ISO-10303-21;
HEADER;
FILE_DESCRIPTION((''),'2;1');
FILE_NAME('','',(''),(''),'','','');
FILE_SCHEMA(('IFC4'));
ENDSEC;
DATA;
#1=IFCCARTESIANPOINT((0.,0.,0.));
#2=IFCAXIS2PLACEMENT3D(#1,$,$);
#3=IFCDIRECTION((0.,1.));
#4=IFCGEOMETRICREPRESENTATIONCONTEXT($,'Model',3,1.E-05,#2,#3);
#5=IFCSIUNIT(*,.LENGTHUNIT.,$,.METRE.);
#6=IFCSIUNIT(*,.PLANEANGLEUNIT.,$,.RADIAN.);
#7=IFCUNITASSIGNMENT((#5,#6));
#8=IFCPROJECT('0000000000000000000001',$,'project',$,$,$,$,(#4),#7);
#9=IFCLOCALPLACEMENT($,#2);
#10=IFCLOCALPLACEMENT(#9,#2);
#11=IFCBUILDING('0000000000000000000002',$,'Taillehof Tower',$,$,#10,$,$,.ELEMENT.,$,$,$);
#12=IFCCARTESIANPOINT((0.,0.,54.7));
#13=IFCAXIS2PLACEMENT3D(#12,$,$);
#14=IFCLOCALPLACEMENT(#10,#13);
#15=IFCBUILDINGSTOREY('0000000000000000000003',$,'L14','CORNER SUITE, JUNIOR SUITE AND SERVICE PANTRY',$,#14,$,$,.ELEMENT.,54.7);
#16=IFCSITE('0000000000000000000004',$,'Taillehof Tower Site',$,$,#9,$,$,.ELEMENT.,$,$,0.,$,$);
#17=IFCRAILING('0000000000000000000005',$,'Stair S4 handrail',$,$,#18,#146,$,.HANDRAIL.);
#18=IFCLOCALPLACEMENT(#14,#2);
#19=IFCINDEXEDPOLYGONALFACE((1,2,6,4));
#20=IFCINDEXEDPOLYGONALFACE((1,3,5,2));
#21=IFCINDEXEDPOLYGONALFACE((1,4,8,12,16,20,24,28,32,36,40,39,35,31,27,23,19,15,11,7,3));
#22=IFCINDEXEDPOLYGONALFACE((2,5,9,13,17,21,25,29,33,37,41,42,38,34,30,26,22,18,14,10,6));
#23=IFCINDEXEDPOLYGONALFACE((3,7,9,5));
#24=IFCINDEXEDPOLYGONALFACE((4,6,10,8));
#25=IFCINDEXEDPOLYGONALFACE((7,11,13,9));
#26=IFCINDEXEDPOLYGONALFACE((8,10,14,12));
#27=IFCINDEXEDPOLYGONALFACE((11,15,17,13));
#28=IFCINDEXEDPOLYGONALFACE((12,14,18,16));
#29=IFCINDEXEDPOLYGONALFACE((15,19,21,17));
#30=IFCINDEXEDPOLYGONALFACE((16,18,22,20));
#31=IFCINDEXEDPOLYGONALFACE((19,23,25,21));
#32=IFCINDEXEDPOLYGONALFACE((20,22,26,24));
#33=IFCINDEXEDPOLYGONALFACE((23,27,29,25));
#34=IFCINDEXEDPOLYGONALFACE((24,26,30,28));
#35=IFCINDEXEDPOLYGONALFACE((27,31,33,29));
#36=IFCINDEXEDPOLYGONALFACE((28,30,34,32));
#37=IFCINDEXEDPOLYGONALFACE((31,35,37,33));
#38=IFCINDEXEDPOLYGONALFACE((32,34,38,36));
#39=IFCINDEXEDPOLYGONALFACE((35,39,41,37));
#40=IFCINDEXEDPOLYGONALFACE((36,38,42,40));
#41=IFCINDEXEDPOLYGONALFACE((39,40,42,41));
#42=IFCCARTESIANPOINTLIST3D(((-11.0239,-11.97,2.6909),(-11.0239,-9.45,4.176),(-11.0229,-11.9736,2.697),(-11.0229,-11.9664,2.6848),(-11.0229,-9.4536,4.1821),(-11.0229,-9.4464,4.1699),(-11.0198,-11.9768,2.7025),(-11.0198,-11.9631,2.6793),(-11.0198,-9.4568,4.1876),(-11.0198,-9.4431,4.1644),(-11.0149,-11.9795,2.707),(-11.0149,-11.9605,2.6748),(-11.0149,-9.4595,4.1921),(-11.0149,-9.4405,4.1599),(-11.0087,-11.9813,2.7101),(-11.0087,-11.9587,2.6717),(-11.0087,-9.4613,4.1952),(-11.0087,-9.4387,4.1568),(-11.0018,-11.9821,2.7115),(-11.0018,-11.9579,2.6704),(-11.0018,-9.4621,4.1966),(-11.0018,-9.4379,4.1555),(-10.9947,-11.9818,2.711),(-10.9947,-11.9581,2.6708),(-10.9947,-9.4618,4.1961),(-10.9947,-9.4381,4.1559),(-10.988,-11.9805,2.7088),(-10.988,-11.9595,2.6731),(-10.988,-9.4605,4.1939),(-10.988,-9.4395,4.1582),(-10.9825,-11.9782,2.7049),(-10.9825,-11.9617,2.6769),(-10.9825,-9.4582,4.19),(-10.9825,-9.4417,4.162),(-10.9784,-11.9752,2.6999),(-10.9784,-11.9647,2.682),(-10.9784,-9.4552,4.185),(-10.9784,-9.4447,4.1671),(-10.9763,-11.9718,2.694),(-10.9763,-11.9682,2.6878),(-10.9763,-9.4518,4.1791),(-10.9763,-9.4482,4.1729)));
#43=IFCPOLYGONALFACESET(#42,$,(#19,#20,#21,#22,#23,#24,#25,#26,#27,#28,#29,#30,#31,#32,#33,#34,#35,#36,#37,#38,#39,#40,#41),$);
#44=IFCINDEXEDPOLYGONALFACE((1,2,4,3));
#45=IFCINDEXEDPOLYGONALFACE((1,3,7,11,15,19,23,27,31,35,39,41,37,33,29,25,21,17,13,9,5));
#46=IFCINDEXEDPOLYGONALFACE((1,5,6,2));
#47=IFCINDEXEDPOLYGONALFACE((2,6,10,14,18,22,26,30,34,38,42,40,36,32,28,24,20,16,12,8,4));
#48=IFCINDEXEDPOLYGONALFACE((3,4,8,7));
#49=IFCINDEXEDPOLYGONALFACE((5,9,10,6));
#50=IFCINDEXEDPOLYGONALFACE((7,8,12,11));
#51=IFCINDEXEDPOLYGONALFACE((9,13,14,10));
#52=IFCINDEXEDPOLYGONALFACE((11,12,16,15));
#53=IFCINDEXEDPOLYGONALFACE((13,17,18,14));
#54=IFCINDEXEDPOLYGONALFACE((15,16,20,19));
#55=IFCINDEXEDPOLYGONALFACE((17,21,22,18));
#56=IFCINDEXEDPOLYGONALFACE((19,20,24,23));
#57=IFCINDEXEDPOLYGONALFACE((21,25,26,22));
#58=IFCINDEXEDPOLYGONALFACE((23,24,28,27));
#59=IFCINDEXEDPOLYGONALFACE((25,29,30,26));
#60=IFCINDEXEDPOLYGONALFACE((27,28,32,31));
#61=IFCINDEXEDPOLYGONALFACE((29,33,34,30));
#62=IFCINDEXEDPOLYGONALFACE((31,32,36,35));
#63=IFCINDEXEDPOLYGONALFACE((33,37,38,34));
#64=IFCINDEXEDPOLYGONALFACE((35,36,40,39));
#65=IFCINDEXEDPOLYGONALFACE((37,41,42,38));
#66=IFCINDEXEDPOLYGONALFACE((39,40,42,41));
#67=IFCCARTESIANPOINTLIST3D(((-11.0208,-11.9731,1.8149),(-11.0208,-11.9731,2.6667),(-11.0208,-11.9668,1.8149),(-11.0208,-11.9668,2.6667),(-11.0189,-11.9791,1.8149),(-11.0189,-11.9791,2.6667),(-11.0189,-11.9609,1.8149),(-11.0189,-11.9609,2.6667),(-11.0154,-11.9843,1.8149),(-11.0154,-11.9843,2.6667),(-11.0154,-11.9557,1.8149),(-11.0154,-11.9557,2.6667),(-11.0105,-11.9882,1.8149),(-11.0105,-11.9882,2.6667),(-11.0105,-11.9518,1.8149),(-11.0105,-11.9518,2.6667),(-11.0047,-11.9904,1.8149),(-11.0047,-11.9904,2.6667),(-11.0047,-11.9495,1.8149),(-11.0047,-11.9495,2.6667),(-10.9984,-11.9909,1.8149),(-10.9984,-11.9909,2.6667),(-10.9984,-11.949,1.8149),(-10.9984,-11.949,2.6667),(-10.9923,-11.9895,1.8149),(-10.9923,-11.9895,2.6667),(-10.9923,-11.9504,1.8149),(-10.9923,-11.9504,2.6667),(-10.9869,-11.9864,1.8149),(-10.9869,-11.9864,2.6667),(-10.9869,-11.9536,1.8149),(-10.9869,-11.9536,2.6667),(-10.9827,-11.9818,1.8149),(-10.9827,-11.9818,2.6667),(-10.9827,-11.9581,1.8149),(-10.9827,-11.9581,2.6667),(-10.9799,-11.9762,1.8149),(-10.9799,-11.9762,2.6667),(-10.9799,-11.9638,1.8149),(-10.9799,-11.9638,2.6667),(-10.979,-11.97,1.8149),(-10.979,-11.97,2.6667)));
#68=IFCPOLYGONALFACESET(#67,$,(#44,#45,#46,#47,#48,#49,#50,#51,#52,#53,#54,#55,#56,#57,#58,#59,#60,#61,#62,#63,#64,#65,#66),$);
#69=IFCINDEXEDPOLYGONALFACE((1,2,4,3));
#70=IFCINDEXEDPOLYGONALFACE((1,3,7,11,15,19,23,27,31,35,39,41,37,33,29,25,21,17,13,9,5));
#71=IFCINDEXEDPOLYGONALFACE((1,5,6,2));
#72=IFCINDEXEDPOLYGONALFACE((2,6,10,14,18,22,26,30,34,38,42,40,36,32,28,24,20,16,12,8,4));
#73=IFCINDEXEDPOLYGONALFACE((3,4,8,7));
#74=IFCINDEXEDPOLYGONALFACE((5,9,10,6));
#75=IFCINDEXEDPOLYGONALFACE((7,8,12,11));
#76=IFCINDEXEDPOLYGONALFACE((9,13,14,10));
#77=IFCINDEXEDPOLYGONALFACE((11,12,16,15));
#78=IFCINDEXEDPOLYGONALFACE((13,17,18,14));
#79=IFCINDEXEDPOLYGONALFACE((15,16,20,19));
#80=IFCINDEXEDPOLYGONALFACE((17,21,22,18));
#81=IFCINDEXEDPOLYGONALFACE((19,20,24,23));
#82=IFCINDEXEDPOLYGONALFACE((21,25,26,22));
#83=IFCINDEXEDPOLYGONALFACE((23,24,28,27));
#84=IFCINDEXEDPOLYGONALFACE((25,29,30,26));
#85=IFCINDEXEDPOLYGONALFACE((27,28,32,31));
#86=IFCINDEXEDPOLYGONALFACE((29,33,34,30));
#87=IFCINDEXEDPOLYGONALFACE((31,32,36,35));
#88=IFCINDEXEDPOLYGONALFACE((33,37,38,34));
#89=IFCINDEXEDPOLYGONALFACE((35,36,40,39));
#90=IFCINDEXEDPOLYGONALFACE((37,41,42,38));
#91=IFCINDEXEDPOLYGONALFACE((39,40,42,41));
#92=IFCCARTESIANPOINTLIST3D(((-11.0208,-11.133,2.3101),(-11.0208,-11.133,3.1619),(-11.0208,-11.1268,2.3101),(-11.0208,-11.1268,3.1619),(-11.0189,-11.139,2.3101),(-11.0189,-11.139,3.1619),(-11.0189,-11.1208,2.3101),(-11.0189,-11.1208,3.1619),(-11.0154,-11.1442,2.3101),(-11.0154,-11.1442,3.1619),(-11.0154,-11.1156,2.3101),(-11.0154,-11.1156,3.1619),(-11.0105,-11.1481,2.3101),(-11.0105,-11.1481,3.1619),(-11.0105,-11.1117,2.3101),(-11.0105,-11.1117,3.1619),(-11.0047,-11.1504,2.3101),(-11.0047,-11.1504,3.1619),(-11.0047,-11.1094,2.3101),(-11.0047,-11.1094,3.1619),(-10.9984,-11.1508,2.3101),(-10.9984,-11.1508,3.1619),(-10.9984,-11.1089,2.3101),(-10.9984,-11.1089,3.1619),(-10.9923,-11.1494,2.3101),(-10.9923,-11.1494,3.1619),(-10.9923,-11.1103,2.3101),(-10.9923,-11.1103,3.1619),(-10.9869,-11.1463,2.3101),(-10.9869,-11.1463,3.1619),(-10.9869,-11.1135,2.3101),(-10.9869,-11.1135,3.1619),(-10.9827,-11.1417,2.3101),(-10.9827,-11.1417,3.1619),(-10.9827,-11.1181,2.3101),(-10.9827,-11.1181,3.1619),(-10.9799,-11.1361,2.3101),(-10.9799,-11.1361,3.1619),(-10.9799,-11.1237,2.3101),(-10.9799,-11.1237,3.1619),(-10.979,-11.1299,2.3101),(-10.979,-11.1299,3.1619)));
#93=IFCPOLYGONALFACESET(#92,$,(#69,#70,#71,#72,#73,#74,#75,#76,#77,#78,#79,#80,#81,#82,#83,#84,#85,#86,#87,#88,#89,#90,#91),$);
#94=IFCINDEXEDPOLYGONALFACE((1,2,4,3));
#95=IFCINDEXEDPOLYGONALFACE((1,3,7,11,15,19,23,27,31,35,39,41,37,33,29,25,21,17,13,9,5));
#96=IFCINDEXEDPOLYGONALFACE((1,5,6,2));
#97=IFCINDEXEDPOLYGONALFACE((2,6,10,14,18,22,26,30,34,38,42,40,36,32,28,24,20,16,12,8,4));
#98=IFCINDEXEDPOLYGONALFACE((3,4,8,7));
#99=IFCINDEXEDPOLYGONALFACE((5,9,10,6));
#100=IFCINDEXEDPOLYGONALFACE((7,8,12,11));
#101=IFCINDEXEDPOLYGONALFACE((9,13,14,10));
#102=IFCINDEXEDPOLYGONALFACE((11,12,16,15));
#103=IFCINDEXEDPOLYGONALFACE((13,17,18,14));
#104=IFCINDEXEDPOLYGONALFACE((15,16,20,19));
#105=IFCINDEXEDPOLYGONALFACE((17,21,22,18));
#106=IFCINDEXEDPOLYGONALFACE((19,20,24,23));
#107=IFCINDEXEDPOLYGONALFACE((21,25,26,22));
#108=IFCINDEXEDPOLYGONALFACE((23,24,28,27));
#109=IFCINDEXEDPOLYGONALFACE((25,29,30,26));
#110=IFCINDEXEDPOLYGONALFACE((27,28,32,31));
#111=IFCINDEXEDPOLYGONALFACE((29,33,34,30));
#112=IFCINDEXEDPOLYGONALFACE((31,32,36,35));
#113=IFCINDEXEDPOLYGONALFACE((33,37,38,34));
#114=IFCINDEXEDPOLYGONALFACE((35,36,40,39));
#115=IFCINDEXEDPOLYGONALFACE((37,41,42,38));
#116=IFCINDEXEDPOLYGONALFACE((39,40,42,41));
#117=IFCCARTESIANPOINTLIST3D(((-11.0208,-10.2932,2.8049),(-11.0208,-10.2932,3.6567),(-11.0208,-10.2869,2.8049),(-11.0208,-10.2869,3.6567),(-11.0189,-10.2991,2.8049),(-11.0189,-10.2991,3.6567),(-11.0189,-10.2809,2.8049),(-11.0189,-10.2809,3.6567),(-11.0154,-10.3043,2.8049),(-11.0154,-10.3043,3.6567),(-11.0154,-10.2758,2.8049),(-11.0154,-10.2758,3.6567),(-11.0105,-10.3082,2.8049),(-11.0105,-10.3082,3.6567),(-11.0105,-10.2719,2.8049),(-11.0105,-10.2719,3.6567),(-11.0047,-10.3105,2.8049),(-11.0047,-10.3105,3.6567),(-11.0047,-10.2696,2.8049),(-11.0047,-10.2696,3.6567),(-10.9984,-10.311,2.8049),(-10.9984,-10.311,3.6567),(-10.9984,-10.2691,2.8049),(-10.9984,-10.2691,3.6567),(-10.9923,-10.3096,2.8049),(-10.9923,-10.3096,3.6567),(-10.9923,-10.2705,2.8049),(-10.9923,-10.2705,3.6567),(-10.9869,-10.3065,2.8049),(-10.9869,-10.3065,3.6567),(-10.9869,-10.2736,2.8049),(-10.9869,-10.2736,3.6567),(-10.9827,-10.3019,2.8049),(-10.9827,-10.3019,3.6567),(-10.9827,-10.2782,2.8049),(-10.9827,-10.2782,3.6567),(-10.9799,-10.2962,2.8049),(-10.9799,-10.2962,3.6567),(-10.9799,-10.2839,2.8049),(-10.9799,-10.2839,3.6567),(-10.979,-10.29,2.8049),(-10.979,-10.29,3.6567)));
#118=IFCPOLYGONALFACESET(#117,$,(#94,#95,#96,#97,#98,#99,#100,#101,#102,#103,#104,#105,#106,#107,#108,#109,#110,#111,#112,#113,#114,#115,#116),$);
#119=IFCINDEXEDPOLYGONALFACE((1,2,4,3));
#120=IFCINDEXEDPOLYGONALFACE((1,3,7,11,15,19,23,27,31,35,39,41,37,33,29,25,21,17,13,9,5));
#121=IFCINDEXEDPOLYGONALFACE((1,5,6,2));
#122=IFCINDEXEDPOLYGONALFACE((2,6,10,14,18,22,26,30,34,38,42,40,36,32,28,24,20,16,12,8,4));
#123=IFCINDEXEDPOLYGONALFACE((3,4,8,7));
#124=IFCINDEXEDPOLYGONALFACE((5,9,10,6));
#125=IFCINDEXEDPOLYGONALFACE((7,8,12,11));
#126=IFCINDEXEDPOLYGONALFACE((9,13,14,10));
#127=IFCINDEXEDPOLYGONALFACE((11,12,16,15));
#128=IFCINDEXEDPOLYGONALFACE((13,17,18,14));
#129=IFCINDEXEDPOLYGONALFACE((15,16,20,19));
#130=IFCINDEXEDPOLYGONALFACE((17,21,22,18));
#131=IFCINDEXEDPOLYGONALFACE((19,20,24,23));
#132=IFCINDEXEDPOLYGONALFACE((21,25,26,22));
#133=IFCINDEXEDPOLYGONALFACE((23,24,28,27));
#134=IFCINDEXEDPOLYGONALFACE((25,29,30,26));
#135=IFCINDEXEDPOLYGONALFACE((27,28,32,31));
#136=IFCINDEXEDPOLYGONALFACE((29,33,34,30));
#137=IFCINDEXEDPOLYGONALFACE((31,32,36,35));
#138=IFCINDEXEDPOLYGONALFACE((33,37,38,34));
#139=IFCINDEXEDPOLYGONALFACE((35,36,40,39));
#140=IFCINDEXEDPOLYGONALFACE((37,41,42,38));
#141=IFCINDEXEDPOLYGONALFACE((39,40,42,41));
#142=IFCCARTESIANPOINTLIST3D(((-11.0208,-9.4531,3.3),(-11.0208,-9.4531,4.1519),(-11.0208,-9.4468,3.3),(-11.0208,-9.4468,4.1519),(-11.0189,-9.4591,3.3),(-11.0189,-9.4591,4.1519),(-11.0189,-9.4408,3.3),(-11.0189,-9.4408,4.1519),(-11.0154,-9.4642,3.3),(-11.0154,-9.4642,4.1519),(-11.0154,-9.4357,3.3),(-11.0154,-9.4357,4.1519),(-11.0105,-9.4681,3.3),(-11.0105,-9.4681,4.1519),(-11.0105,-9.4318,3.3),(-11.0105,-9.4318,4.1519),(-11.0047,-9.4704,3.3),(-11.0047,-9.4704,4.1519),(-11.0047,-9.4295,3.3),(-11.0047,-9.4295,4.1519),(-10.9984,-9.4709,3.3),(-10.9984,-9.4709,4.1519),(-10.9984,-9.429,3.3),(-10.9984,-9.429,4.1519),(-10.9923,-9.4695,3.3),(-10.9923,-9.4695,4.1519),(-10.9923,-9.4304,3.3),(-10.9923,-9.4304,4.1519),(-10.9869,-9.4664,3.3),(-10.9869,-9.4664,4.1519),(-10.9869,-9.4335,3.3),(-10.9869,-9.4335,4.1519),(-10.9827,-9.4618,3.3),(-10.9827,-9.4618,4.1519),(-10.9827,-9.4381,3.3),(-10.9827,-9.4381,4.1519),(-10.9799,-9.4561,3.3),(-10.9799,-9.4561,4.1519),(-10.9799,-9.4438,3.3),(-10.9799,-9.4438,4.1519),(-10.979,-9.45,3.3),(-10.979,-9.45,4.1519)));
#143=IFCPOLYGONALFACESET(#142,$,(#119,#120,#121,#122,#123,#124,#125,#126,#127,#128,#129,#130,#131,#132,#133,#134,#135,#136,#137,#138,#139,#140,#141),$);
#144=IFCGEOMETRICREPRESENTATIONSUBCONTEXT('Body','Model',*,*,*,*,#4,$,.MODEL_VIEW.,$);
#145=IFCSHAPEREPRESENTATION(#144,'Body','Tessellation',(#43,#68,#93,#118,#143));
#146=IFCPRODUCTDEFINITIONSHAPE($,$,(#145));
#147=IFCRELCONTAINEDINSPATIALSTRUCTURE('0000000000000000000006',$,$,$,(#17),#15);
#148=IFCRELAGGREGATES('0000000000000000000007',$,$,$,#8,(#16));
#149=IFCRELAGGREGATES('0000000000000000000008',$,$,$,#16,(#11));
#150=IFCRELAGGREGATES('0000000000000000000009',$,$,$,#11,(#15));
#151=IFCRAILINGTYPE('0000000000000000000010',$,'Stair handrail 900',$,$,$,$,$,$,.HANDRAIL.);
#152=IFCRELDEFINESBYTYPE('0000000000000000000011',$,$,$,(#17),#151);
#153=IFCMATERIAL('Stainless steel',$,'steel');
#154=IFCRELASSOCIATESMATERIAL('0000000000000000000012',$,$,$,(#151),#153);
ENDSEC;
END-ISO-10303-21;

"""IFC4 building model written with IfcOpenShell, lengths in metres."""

from ifc_helpers import new_model, si_unit, direction, frame, origin, origin_2d, place, context, subcontext, project, spatial, circle, extrude, material, type_object, element, save


model = new_model("IFC4")

# Units and contexts
model_context = context("Model", 3, precision=1e-05, world=origin(), true_north=direction((0.0, 1.0)))
body_context = subcontext(model_context, "Body", "Model", "MODEL_VIEW")
ifc_project = project(units=[si_unit("LENGTHUNIT", "METRE"), si_unit("PLANEANGLEUNIT", "RADIAN")], contexts=[model_context])

# Site, building, storey
site_placement = place(None, origin())
site = spatial("IfcSite", under=ifc_project, at=site_placement, Name="Taillehof Tower Site", CompositionType="ELEMENT", RefElevation=0.0)
building_placement = place(site_placement, origin())
building = spatial("IfcBuilding", under=site, at=building_placement, Name="Taillehof Tower", CompositionType="ELEMENT")
storey_placement = place(building_placement, frame((0.0, 0.0, 54.7)))
storey = spatial("IfcBuildingStorey", under=building, at=storey_placement, Name="L14", Description="CORNER SUITE, JUNIOR SUITE AND SERVICE PANTRY", CompositionType="ELEMENT", Elevation=54.7)

# Railing
ifc_material_1 = material(Name="Stainless steel", Category="steel")
railing_type = type_object("IfcRailingType", Name="Stair handrail 900", PredefinedType="HANDRAIL", material=ifc_material_1)
railing_placement = place(storey_placement, frame((-11.0, -11.97, 1.8149)))
element("IfcRailing", 1, at=railing_placement, inside=storey, type_object=railing_type, Name="Stair S4 handrail", PredefinedType="HANDRAIL", context=body_context, shape_type="SweptSolid", body=[
    extrude(circle(Radius=0.0239, at=origin_2d()), frame((0.0, 0.0, 0.876), z_axis=(0.0, 0.861524, 0.507717), x_axis=(-1.0, 0.0, 0.0)), (0.0, 0.0, 1.0), 2.925),
    extrude(circle(Radius=0.021, at=origin_2d()), origin(), (0.0, 0.0, 1.0), 0.8518),
    extrude(circle(Radius=0.021, at=origin_2d()), frame((0.0, 0.8401, 0.4951)), (0.0, 0.0, 1.0), 0.8518),
    extrude(circle(Radius=0.021, at=origin_2d()), frame((0.0, 1.6799, 0.99)), (0.0, 0.0, 1.0), 0.8518),
    extrude(circle(Radius=0.021, at=origin_2d()), frame((0.0, 2.52, 1.4851)), (0.0, 0.0, 1.0), 0.8518),
])

save(model, "model.ifc")
